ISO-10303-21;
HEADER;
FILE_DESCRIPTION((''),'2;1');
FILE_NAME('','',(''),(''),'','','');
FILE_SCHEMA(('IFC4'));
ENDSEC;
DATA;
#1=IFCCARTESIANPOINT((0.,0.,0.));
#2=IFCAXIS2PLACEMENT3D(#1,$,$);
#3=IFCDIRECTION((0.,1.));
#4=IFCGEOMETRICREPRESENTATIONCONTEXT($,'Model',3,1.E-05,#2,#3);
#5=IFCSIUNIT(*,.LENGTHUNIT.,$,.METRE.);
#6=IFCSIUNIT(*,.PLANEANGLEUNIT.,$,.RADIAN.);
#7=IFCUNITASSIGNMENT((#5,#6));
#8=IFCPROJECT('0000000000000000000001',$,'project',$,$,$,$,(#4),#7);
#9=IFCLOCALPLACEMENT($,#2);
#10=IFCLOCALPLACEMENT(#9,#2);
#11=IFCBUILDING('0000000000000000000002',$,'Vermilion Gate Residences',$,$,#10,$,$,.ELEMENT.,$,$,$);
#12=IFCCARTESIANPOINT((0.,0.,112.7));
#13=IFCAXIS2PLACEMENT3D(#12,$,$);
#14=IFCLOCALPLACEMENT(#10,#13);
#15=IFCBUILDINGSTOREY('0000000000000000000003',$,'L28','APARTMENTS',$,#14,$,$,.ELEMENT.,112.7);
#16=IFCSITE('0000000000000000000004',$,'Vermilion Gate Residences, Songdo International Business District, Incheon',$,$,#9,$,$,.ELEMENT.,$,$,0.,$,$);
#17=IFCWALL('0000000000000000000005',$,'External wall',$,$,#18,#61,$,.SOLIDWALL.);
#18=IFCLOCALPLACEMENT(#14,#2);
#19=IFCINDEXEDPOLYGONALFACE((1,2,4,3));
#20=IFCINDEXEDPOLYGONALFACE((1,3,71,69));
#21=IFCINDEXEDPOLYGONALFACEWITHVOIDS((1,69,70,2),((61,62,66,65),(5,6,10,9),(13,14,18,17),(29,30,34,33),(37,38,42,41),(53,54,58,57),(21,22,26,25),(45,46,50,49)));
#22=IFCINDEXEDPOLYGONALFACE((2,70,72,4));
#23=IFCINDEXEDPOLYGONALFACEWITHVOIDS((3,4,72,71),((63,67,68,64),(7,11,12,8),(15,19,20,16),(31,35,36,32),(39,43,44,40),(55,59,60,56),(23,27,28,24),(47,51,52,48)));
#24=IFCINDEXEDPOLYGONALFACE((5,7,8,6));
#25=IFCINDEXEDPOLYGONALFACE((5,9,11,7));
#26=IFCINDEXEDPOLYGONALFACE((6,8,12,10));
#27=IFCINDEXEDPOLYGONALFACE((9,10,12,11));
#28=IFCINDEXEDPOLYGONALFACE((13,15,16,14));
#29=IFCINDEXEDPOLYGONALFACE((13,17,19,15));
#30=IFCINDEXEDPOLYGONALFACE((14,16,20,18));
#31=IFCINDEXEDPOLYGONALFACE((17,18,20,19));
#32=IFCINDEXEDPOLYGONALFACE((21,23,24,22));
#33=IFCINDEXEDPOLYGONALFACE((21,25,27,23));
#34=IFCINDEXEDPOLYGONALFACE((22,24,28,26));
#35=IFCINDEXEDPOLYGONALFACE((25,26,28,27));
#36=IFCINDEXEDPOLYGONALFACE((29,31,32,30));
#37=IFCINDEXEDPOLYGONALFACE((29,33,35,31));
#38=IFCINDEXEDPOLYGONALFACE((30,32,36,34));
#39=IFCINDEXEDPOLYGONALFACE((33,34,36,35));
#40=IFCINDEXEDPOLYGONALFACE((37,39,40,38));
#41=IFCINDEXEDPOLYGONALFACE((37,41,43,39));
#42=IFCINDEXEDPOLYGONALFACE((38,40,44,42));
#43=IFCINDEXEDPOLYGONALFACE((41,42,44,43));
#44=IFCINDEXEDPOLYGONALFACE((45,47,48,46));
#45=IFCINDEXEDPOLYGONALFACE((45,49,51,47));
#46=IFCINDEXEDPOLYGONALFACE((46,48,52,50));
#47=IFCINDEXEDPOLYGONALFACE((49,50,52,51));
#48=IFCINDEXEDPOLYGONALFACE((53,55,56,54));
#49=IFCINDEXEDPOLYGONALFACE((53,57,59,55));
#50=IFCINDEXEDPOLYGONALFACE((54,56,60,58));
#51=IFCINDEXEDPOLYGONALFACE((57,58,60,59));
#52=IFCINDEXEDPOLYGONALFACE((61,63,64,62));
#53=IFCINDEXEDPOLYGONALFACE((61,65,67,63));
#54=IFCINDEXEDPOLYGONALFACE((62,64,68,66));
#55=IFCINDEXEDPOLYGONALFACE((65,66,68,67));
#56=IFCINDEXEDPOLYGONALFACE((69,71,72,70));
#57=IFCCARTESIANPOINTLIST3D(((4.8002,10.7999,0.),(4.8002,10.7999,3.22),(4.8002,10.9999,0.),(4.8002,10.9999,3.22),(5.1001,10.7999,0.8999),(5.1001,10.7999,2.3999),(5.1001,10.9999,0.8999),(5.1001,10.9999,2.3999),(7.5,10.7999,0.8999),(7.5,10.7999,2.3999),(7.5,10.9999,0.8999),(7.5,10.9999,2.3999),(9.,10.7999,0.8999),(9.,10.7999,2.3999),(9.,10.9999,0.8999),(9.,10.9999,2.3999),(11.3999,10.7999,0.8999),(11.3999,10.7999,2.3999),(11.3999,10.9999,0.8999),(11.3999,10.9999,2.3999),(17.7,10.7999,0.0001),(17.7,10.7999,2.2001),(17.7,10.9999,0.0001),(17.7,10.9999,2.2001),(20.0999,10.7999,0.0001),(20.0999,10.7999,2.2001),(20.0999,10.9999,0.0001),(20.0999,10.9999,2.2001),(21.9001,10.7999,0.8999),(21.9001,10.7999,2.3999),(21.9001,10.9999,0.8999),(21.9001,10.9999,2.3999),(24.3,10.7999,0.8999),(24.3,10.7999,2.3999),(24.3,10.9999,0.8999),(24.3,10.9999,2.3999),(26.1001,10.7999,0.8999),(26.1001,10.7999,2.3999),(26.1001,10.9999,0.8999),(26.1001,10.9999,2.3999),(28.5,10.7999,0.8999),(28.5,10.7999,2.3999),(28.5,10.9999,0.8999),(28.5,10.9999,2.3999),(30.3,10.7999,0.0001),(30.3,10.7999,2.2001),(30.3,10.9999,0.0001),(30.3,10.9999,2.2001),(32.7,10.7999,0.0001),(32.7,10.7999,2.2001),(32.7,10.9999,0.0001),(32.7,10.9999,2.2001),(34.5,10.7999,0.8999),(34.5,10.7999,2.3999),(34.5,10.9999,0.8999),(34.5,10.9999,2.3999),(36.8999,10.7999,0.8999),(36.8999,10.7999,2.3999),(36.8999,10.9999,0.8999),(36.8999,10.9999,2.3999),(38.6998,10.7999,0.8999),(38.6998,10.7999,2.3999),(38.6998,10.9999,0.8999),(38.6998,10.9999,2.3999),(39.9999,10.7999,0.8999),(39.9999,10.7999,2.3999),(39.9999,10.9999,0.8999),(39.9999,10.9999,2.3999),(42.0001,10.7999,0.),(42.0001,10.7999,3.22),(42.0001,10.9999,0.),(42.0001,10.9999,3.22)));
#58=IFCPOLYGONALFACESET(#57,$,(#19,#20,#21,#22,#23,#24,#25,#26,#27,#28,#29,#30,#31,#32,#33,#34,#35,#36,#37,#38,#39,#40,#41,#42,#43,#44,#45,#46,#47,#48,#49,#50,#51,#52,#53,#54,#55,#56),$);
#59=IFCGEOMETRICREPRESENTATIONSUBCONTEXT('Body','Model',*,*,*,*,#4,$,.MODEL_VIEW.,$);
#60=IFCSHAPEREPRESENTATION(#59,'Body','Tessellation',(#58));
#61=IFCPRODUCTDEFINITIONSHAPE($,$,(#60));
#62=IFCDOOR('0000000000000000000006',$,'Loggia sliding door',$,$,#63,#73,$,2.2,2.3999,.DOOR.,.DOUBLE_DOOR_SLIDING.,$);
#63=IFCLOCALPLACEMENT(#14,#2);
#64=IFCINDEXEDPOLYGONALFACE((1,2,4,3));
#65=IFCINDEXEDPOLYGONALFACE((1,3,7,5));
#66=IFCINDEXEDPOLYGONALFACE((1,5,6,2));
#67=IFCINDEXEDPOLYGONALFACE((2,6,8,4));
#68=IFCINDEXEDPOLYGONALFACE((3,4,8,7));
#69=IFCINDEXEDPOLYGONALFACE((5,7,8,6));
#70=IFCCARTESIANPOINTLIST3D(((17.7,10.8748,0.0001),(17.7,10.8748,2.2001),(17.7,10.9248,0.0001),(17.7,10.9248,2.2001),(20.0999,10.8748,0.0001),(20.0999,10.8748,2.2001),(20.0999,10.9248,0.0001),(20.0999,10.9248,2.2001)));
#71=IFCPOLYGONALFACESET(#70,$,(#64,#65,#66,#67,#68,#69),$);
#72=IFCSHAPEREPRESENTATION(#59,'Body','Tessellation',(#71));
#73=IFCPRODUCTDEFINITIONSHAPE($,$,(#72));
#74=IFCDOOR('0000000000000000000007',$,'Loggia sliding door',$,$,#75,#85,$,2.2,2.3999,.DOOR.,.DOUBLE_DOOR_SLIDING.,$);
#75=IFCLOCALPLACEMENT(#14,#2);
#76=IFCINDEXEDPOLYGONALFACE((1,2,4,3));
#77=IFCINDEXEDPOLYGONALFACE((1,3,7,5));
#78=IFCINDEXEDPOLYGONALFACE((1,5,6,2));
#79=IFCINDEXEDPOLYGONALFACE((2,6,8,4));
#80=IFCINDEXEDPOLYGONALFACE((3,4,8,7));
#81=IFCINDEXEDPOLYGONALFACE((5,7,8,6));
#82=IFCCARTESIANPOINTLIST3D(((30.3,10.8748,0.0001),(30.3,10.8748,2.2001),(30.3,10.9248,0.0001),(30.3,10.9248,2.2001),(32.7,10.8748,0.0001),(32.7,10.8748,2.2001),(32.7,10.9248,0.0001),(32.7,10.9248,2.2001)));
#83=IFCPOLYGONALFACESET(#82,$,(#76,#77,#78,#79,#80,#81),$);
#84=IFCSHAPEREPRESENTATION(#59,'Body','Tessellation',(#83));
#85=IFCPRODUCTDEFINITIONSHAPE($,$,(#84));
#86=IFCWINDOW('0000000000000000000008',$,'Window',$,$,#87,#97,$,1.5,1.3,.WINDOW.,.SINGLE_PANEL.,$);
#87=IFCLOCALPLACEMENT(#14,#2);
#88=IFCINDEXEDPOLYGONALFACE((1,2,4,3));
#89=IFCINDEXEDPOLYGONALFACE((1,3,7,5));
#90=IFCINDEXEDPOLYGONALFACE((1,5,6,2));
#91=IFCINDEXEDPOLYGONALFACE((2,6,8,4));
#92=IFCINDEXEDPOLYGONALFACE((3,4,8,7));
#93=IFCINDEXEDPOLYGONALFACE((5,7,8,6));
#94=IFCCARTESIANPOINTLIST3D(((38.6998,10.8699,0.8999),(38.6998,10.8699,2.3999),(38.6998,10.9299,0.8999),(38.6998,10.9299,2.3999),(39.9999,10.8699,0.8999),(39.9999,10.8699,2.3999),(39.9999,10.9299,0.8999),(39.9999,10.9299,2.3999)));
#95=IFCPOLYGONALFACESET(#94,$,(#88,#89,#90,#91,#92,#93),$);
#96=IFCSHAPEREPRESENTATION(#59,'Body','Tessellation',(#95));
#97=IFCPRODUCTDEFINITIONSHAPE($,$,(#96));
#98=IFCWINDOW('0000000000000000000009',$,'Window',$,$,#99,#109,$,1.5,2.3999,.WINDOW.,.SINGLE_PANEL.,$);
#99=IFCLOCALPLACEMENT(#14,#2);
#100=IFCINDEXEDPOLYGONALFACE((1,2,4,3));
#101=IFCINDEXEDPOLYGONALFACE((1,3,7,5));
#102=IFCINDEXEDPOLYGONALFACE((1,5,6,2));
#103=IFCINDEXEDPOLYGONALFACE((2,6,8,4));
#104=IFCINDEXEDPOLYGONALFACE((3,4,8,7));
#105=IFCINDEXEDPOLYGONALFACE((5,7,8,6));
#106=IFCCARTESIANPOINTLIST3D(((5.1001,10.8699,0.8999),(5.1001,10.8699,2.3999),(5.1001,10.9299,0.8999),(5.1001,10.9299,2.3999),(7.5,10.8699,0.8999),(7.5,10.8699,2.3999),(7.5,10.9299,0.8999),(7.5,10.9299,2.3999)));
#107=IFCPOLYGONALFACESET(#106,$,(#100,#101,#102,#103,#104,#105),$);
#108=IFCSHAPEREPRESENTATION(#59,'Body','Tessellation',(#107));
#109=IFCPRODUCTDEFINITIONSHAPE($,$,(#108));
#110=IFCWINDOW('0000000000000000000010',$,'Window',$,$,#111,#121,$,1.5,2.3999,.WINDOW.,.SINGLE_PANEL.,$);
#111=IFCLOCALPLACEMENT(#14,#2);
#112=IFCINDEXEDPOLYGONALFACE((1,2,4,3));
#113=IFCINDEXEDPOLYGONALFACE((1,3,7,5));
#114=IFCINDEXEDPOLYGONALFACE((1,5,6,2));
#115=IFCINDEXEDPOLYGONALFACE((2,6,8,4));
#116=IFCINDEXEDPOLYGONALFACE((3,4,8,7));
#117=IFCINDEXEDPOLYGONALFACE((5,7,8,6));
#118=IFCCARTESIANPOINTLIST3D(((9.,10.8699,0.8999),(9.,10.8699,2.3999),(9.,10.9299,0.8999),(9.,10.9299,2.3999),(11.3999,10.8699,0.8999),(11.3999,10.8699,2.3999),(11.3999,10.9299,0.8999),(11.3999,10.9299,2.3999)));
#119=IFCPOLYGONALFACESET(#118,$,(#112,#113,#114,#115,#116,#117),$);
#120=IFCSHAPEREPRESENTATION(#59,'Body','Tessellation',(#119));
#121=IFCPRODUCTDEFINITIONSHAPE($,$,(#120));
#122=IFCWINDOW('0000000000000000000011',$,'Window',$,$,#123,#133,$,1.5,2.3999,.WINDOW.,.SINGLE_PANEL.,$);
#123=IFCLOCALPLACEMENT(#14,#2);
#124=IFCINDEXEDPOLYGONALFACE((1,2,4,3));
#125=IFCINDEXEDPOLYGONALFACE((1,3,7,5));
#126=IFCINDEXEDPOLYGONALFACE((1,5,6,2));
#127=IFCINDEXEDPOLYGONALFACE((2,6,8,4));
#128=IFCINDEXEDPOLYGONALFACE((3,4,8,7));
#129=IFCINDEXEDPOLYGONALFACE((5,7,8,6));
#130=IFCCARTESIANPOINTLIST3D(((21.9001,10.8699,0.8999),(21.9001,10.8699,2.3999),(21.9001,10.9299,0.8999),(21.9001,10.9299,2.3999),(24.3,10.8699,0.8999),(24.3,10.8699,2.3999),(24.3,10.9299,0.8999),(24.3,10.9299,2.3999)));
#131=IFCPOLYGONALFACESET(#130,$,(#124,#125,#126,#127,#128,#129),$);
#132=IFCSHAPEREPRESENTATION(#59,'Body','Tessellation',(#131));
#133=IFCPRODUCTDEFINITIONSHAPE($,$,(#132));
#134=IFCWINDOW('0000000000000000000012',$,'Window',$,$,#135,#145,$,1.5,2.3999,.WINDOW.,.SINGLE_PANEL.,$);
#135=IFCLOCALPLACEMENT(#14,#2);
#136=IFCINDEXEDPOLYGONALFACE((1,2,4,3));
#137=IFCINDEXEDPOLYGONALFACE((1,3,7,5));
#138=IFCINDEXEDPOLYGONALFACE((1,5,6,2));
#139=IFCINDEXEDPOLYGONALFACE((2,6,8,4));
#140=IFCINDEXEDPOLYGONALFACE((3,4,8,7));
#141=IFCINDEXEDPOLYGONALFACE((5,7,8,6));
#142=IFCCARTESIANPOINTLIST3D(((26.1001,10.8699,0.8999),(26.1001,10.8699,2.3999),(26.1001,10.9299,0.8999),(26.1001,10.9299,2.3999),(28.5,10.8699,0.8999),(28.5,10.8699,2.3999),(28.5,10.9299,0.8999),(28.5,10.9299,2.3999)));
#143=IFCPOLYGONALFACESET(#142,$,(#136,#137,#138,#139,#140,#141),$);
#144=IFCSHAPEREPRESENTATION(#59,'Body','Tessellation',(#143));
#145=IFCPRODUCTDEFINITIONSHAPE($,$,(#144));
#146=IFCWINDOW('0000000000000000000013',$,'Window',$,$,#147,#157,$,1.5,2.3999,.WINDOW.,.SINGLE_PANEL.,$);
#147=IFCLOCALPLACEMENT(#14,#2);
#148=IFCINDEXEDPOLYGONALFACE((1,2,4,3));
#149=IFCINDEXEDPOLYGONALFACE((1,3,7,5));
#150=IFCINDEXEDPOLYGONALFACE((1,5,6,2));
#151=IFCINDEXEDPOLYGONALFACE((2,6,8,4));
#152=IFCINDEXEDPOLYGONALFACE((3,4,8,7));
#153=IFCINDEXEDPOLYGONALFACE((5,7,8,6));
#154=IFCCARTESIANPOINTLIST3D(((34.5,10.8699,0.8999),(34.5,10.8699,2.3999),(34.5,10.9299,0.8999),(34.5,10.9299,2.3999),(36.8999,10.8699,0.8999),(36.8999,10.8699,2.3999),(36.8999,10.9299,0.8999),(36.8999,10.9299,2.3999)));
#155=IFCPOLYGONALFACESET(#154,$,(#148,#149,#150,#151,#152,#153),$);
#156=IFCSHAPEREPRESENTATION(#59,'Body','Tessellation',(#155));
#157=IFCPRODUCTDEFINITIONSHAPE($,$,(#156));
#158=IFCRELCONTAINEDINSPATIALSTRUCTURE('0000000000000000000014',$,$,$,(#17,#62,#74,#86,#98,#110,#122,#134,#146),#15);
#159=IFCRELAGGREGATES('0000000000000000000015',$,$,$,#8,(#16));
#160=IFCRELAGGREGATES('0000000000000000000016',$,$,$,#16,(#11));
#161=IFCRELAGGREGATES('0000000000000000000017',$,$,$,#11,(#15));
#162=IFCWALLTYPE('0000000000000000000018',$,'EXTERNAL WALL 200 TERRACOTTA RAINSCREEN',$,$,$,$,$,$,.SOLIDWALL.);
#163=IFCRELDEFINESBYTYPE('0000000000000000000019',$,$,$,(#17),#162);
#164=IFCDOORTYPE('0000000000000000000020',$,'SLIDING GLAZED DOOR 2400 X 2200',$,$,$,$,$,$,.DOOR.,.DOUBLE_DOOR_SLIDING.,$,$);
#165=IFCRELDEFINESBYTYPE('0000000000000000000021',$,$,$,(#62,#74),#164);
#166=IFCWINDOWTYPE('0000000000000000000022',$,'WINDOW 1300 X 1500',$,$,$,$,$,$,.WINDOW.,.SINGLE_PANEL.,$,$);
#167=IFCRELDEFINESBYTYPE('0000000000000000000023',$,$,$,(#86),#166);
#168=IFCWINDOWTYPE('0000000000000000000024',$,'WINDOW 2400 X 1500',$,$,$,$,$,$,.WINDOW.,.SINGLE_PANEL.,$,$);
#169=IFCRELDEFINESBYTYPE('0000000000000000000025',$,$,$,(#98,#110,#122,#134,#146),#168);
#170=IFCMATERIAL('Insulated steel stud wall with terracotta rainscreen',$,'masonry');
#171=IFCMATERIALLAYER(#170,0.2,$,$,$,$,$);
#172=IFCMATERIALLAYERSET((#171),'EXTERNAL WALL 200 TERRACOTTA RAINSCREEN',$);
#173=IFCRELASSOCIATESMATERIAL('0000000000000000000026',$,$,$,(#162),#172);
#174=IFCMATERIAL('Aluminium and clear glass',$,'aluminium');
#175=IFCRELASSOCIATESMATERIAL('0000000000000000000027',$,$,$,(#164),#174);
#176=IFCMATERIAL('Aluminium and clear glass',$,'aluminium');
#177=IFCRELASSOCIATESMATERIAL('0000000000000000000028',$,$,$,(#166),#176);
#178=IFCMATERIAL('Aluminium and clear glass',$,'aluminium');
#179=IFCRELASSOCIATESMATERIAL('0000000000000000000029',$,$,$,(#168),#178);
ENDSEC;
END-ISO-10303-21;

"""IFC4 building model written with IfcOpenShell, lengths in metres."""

from ifc_helpers import new_model, si_unit, direction, frame, frame_2d, origin, place, context, subcontext, project, spatial, rectangle, extrude, material, layer, layer_set, type_object, element, fill, save


model = new_model("IFC4")

# Units and contexts
model_context = context("Model", 3, precision=1e-05, world=origin(), true_north=direction((0.0, 1.0)))
body_context = subcontext(model_context, "Body", "Model", "MODEL_VIEW")
ifc_project = project(units=[si_unit("LENGTHUNIT", "METRE"), si_unit("PLANEANGLEUNIT", "RADIAN")], contexts=[model_context])

# Site, building, storey
site_placement = place(None, origin())
site = spatial("IfcSite", under=ifc_project, at=site_placement, Name="Vermilion Gate Residences, Songdo International Business District, Incheon", CompositionType="ELEMENT", RefElevation=0.0)
building_placement = place(site_placement, origin())
building = spatial("IfcBuilding", under=site, at=building_placement, Name="Vermilion Gate Residences", CompositionType="ELEMENT")
storey_placement = place(building_placement, frame((0.0, 0.0, 112.7)))
storey = spatial("IfcBuildingStorey", under=building, at=storey_placement, Name="L28", Description="APARTMENTS", CompositionType="ELEMENT", Elevation=112.7)

# Shared definitions
ifc_material_1 = material(Name="Insulated steel stud wall with terracotta rainscreen", Category="masonry")
ifc_layer_1 = layer(ifc_material_1, 0.2)
ifc_layer_set_1 = layer_set([ifc_layer_1], Name="EXTERNAL WALL 200 TERRACOTTA RAINSCREEN")
wall_type_1 = type_object("IfcWallType", Name="EXTERNAL WALL 200 TERRACOTTA RAINSCREEN", PredefinedType="SOLIDWALL", material=ifc_layer_set_1)

# Wall, openings, doors, windows
wall_1_placement = place(storey_placement, frame((4.8, 10.8999, 0.0), z_axis=(0.0, 0.0, 1.0), x_axis=(1.0, 0.0, 0.0)))
wall_1 = element("IfcWall", 1, at=wall_1_placement, inside=storey, type_object=wall_type_1, Name="External wall", PredefinedType="SOLIDWALL", context=body_context, shape_type="SweptSolid", body=[
    extrude(rectangle(XDim=37.2, YDim=0.2, at=frame_2d((18.6001, 0.0))), origin(), (0.0, 0.0, 1.0), 3.22),
])
opening_1_placement = place(wall_1_placement, frame((0.3, 0.0, 0.8999)))
opening_1 = element("IfcOpeningElement", 2, at=opening_1_placement, cuts=wall_1, PredefinedType="OPENING", context=body_context, shape_type="SweptSolid", body=[
    extrude(rectangle(XDim=2.3999, YDim=1.5, at=frame_2d((1.2, 0.75))), frame((0.0, 0.1099, 0.0), z_axis=(0.0, -1.0, 0.0), x_axis=(1.0, 0.0, 0.0)), (0.0, 0.0, 1.0), 0.22),
])
opening_2_placement = place(wall_1_placement, frame((4.2, 0.0, 0.8999)))
opening_2 = element("IfcOpeningElement", 3, at=opening_2_placement, cuts=wall_1, PredefinedType="OPENING", context=body_context, shape_type="SweptSolid", body=[
    extrude(rectangle(XDim=2.3999, YDim=1.5, at=frame_2d((1.2, 0.75))), frame((0.0, 0.1099, 0.0), z_axis=(0.0, -1.0, 0.0), x_axis=(1.0, 0.0, 0.0)), (0.0, 0.0, 1.0), 0.22),
])
opening_3_placement = place(wall_1_placement, frame((12.8999, 0.0, 0.0)))
opening_3 = element("IfcOpeningElement", 4, at=opening_3_placement, cuts=wall_1, PredefinedType="OPENING", context=body_context, shape_type="SweptSolid", body=[
    extrude(rectangle(XDim=2.3999, YDim=2.2, at=frame_2d((1.2, 1.1001))), frame((0.0, 0.1099, 0.0), z_axis=(0.0, -1.0, 0.0), x_axis=(1.0, 0.0, 0.0)), (0.0, 0.0, 1.0), 0.22),
])
opening_4_placement = place(wall_1_placement, frame((17.1001, 0.0, 0.8999)))
opening_4 = element("IfcOpeningElement", 5, at=opening_4_placement, cuts=wall_1, PredefinedType="OPENING", context=body_context, shape_type="SweptSolid", body=[
    extrude(rectangle(XDim=2.3999, YDim=1.5, at=frame_2d((1.2, 0.75))), frame((0.0, 0.1099, 0.0), z_axis=(0.0, -1.0, 0.0), x_axis=(1.0, 0.0, 0.0)), (0.0, 0.0, 1.0), 0.22),
])
opening_5_placement = place(wall_1_placement, frame((21.3, 0.0, 0.8999)))
opening_5 = element("IfcOpeningElement", 6, at=opening_5_placement, cuts=wall_1, PredefinedType="OPENING", context=body_context, shape_type="SweptSolid", body=[
    extrude(rectangle(XDim=2.3999, YDim=1.5, at=frame_2d((1.2, 0.75))), frame((0.0, 0.1099, 0.0), z_axis=(0.0, -1.0, 0.0), x_axis=(1.0, 0.0, 0.0)), (0.0, 0.0, 1.0), 0.22),
])
opening_6_placement = place(wall_1_placement, frame((25.5, 0.0, 0.0)))
opening_6 = element("IfcOpeningElement", 7, at=opening_6_placement, cuts=wall_1, PredefinedType="OPENING", context=body_context, shape_type="SweptSolid", body=[
    extrude(rectangle(XDim=2.3999, YDim=2.2, at=frame_2d((1.2, 1.1001))), frame((0.0, 0.1099, 0.0), z_axis=(0.0, -1.0, 0.0), x_axis=(1.0, 0.0, 0.0)), (0.0, 0.0, 1.0), 0.22),
])
opening_7_placement = place(wall_1_placement, frame((29.7, 0.0, 0.8999)))
opening_7 = element("IfcOpeningElement", 8, at=opening_7_placement, cuts=wall_1, PredefinedType="OPENING", context=body_context, shape_type="SweptSolid", body=[
    extrude(rectangle(XDim=2.3999, YDim=1.5, at=frame_2d((1.2, 0.75))), frame((0.0, 0.1099, 0.0), z_axis=(0.0, -1.0, 0.0), x_axis=(1.0, 0.0, 0.0)), (0.0, 0.0, 1.0), 0.22),
])
opening_8_placement = place(wall_1_placement, frame((33.8999, 0.0, 0.8999)))
opening_8 = element("IfcOpeningElement", 9, at=opening_8_placement, cuts=wall_1, PredefinedType="OPENING", context=body_context, shape_type="SweptSolid", body=[
    extrude(rectangle(XDim=1.3, YDim=1.5, at=frame_2d((0.6499, 0.75))), frame((0.0, 0.1099, 0.0), z_axis=(0.0, -1.0, 0.0), x_axis=(1.0, 0.0, 0.0)), (0.0, 0.0, 1.0), 0.22),
])
ifc_material_2 = material(Name="Aluminium and clear glass", Category="aluminium")
door_type_1 = type_object("IfcDoorType", Name="SLIDING GLAZED DOOR 2400 X 2200", OperationType="DOUBLE_DOOR_SLIDING", PredefinedType="DOOR", material=ifc_material_2)
door_1_placement = place(opening_3_placement, origin())
door_1 = element("IfcDoor", 10, at=door_1_placement, inside=storey, type_object=door_type_1, Name="Loggia sliding door", OperationType="DOUBLE_DOOR_SLIDING", OverallHeight=2.2, OverallWidth=2.3999, PredefinedType="DOOR", context=body_context, shape_type="SweptSolid", body=[
    extrude(rectangle(XDim=2.3999, YDim=2.2, at=frame_2d((1.2, 1.1001))), frame((0.0, 0.0249, 0.0), z_axis=(0.0, -1.0, 0.0), x_axis=(1.0, 0.0, 0.0)), (0.0, 0.0, 1.0), 0.05),
])
fill(opening_3, door_1)
door_2_placement = place(opening_6_placement, origin())
door_2 = element("IfcDoor", 11, at=door_2_placement, inside=storey, type_object=door_type_1, Name="Loggia sliding door", OperationType="DOUBLE_DOOR_SLIDING", OverallHeight=2.2, OverallWidth=2.3999, PredefinedType="DOOR", context=body_context, shape_type="SweptSolid", body=[
    extrude(rectangle(XDim=2.3999, YDim=2.2, at=frame_2d((1.2, 1.1001))), frame((0.0, 0.0249, 0.0), z_axis=(0.0, -1.0, 0.0), x_axis=(1.0, 0.0, 0.0)), (0.0, 0.0, 1.0), 0.05),
])
fill(opening_6, door_2)
ifc_material_3 = material(Name="Aluminium and clear glass", Category="aluminium")
window_type_1 = type_object("IfcWindowType", Name="WINDOW 1300 X 1500", PartitioningType="SINGLE_PANEL", PredefinedType="WINDOW", material=ifc_material_3)
window_1_placement = place(opening_8_placement, origin())
window_1 = element("IfcWindow", 12, at=window_1_placement, inside=storey, type_object=window_type_1, Name="Window", OverallHeight=1.5, OverallWidth=1.3, PartitioningType="SINGLE_PANEL", PredefinedType="WINDOW", context=body_context, shape_type="SweptSolid", body=[
    extrude(rectangle(XDim=1.3, YDim=1.5, at=frame_2d((0.6499, 0.75))), frame((0.0, 0.03, 0.0), z_axis=(0.0, -1.0, 0.0), x_axis=(1.0, 0.0, 0.0)), (0.0, 0.0, 1.0), 0.0601),
])
fill(opening_8, window_1)
ifc_material_4 = material(Name="Aluminium and clear glass", Category="aluminium")
window_type_2 = type_object("IfcWindowType", Name="WINDOW 2400 X 1500", PartitioningType="SINGLE_PANEL", PredefinedType="WINDOW", material=ifc_material_4)
window_2_placement = place(opening_1_placement, origin())
window_2 = element("IfcWindow", 13, at=window_2_placement, inside=storey, type_object=window_type_2, Name="Window", OverallHeight=1.5, OverallWidth=2.3999, PartitioningType="SINGLE_PANEL", PredefinedType="WINDOW", context=body_context, shape_type="SweptSolid", body=[
    extrude(rectangle(XDim=2.3999, YDim=1.5, at=frame_2d((1.2, 0.75))), frame((0.0, 0.03, 0.0), z_axis=(0.0, -1.0, 0.0), x_axis=(1.0, 0.0, 0.0)), (0.0, 0.0, 1.0), 0.0601),
])
fill(opening_1, window_2)
window_3_placement = place(opening_2_placement, origin())
window_3 = element("IfcWindow", 14, at=window_3_placement, inside=storey, type_object=window_type_2, Name="Window", OverallHeight=1.5, OverallWidth=2.3999, PartitioningType="SINGLE_PANEL", PredefinedType="WINDOW", context=body_context, shape_type="SweptSolid", body=[
    extrude(rectangle(XDim=2.3999, YDim=1.5, at=frame_2d((1.2, 0.75))), frame((0.0, 0.03, 0.0), z_axis=(0.0, -1.0, 0.0), x_axis=(1.0, 0.0, 0.0)), (0.0, 0.0, 1.0), 0.0601),
])
fill(opening_2, window_3)
window_4_placement = place(opening_4_placement, origin())
window_4 = element("IfcWindow", 15, at=window_4_placement, inside=storey, type_object=window_type_2, Name="Window", OverallHeight=1.5, OverallWidth=2.3999, PartitioningType="SINGLE_PANEL", PredefinedType="WINDOW", context=body_context, shape_type="SweptSolid", body=[
    extrude(rectangle(XDim=2.3999, YDim=1.5, at=frame_2d((1.2, 0.75))), frame((0.0, 0.03, 0.0), z_axis=(0.0, -1.0, 0.0), x_axis=(1.0, 0.0, 0.0)), (0.0, 0.0, 1.0), 0.0601),
])
fill(opening_4, window_4)
window_5_placement = place(opening_5_placement, origin())
window_5 = element("IfcWindow", 16, at=window_5_placement, inside=storey, type_object=window_type_2, Name="Window", OverallHeight=1.5, OverallWidth=2.3999, PartitioningType="SINGLE_PANEL", PredefinedType="WINDOW", context=body_context, shape_type="SweptSolid", body=[
    extrude(rectangle(XDim=2.3999, YDim=1.5, at=frame_2d((1.2, 0.75))), frame((0.0, 0.03, 0.0), z_axis=(0.0, -1.0, 0.0), x_axis=(1.0, 0.0, 0.0)), (0.0, 0.0, 1.0), 0.0601),
])
fill(opening_5, window_5)
window_6_placement = place(opening_7_placement, origin())
window_6 = element("IfcWindow", 17, at=window_6_placement, inside=storey, type_object=window_type_2, Name="Window", OverallHeight=1.5, OverallWidth=2.3999, PartitioningType="SINGLE_PANEL", PredefinedType="WINDOW", context=body_context, shape_type="SweptSolid", body=[
    extrude(rectangle(XDim=2.3999, YDim=1.5, at=frame_2d((1.2, 0.75))), frame((0.0, 0.03, 0.0), z_axis=(0.0, -1.0, 0.0), x_axis=(1.0, 0.0, 0.0)), (0.0, 0.0, 1.0), 0.0601),
])
fill(opening_7, window_6)

save(model, "model.ifc")
